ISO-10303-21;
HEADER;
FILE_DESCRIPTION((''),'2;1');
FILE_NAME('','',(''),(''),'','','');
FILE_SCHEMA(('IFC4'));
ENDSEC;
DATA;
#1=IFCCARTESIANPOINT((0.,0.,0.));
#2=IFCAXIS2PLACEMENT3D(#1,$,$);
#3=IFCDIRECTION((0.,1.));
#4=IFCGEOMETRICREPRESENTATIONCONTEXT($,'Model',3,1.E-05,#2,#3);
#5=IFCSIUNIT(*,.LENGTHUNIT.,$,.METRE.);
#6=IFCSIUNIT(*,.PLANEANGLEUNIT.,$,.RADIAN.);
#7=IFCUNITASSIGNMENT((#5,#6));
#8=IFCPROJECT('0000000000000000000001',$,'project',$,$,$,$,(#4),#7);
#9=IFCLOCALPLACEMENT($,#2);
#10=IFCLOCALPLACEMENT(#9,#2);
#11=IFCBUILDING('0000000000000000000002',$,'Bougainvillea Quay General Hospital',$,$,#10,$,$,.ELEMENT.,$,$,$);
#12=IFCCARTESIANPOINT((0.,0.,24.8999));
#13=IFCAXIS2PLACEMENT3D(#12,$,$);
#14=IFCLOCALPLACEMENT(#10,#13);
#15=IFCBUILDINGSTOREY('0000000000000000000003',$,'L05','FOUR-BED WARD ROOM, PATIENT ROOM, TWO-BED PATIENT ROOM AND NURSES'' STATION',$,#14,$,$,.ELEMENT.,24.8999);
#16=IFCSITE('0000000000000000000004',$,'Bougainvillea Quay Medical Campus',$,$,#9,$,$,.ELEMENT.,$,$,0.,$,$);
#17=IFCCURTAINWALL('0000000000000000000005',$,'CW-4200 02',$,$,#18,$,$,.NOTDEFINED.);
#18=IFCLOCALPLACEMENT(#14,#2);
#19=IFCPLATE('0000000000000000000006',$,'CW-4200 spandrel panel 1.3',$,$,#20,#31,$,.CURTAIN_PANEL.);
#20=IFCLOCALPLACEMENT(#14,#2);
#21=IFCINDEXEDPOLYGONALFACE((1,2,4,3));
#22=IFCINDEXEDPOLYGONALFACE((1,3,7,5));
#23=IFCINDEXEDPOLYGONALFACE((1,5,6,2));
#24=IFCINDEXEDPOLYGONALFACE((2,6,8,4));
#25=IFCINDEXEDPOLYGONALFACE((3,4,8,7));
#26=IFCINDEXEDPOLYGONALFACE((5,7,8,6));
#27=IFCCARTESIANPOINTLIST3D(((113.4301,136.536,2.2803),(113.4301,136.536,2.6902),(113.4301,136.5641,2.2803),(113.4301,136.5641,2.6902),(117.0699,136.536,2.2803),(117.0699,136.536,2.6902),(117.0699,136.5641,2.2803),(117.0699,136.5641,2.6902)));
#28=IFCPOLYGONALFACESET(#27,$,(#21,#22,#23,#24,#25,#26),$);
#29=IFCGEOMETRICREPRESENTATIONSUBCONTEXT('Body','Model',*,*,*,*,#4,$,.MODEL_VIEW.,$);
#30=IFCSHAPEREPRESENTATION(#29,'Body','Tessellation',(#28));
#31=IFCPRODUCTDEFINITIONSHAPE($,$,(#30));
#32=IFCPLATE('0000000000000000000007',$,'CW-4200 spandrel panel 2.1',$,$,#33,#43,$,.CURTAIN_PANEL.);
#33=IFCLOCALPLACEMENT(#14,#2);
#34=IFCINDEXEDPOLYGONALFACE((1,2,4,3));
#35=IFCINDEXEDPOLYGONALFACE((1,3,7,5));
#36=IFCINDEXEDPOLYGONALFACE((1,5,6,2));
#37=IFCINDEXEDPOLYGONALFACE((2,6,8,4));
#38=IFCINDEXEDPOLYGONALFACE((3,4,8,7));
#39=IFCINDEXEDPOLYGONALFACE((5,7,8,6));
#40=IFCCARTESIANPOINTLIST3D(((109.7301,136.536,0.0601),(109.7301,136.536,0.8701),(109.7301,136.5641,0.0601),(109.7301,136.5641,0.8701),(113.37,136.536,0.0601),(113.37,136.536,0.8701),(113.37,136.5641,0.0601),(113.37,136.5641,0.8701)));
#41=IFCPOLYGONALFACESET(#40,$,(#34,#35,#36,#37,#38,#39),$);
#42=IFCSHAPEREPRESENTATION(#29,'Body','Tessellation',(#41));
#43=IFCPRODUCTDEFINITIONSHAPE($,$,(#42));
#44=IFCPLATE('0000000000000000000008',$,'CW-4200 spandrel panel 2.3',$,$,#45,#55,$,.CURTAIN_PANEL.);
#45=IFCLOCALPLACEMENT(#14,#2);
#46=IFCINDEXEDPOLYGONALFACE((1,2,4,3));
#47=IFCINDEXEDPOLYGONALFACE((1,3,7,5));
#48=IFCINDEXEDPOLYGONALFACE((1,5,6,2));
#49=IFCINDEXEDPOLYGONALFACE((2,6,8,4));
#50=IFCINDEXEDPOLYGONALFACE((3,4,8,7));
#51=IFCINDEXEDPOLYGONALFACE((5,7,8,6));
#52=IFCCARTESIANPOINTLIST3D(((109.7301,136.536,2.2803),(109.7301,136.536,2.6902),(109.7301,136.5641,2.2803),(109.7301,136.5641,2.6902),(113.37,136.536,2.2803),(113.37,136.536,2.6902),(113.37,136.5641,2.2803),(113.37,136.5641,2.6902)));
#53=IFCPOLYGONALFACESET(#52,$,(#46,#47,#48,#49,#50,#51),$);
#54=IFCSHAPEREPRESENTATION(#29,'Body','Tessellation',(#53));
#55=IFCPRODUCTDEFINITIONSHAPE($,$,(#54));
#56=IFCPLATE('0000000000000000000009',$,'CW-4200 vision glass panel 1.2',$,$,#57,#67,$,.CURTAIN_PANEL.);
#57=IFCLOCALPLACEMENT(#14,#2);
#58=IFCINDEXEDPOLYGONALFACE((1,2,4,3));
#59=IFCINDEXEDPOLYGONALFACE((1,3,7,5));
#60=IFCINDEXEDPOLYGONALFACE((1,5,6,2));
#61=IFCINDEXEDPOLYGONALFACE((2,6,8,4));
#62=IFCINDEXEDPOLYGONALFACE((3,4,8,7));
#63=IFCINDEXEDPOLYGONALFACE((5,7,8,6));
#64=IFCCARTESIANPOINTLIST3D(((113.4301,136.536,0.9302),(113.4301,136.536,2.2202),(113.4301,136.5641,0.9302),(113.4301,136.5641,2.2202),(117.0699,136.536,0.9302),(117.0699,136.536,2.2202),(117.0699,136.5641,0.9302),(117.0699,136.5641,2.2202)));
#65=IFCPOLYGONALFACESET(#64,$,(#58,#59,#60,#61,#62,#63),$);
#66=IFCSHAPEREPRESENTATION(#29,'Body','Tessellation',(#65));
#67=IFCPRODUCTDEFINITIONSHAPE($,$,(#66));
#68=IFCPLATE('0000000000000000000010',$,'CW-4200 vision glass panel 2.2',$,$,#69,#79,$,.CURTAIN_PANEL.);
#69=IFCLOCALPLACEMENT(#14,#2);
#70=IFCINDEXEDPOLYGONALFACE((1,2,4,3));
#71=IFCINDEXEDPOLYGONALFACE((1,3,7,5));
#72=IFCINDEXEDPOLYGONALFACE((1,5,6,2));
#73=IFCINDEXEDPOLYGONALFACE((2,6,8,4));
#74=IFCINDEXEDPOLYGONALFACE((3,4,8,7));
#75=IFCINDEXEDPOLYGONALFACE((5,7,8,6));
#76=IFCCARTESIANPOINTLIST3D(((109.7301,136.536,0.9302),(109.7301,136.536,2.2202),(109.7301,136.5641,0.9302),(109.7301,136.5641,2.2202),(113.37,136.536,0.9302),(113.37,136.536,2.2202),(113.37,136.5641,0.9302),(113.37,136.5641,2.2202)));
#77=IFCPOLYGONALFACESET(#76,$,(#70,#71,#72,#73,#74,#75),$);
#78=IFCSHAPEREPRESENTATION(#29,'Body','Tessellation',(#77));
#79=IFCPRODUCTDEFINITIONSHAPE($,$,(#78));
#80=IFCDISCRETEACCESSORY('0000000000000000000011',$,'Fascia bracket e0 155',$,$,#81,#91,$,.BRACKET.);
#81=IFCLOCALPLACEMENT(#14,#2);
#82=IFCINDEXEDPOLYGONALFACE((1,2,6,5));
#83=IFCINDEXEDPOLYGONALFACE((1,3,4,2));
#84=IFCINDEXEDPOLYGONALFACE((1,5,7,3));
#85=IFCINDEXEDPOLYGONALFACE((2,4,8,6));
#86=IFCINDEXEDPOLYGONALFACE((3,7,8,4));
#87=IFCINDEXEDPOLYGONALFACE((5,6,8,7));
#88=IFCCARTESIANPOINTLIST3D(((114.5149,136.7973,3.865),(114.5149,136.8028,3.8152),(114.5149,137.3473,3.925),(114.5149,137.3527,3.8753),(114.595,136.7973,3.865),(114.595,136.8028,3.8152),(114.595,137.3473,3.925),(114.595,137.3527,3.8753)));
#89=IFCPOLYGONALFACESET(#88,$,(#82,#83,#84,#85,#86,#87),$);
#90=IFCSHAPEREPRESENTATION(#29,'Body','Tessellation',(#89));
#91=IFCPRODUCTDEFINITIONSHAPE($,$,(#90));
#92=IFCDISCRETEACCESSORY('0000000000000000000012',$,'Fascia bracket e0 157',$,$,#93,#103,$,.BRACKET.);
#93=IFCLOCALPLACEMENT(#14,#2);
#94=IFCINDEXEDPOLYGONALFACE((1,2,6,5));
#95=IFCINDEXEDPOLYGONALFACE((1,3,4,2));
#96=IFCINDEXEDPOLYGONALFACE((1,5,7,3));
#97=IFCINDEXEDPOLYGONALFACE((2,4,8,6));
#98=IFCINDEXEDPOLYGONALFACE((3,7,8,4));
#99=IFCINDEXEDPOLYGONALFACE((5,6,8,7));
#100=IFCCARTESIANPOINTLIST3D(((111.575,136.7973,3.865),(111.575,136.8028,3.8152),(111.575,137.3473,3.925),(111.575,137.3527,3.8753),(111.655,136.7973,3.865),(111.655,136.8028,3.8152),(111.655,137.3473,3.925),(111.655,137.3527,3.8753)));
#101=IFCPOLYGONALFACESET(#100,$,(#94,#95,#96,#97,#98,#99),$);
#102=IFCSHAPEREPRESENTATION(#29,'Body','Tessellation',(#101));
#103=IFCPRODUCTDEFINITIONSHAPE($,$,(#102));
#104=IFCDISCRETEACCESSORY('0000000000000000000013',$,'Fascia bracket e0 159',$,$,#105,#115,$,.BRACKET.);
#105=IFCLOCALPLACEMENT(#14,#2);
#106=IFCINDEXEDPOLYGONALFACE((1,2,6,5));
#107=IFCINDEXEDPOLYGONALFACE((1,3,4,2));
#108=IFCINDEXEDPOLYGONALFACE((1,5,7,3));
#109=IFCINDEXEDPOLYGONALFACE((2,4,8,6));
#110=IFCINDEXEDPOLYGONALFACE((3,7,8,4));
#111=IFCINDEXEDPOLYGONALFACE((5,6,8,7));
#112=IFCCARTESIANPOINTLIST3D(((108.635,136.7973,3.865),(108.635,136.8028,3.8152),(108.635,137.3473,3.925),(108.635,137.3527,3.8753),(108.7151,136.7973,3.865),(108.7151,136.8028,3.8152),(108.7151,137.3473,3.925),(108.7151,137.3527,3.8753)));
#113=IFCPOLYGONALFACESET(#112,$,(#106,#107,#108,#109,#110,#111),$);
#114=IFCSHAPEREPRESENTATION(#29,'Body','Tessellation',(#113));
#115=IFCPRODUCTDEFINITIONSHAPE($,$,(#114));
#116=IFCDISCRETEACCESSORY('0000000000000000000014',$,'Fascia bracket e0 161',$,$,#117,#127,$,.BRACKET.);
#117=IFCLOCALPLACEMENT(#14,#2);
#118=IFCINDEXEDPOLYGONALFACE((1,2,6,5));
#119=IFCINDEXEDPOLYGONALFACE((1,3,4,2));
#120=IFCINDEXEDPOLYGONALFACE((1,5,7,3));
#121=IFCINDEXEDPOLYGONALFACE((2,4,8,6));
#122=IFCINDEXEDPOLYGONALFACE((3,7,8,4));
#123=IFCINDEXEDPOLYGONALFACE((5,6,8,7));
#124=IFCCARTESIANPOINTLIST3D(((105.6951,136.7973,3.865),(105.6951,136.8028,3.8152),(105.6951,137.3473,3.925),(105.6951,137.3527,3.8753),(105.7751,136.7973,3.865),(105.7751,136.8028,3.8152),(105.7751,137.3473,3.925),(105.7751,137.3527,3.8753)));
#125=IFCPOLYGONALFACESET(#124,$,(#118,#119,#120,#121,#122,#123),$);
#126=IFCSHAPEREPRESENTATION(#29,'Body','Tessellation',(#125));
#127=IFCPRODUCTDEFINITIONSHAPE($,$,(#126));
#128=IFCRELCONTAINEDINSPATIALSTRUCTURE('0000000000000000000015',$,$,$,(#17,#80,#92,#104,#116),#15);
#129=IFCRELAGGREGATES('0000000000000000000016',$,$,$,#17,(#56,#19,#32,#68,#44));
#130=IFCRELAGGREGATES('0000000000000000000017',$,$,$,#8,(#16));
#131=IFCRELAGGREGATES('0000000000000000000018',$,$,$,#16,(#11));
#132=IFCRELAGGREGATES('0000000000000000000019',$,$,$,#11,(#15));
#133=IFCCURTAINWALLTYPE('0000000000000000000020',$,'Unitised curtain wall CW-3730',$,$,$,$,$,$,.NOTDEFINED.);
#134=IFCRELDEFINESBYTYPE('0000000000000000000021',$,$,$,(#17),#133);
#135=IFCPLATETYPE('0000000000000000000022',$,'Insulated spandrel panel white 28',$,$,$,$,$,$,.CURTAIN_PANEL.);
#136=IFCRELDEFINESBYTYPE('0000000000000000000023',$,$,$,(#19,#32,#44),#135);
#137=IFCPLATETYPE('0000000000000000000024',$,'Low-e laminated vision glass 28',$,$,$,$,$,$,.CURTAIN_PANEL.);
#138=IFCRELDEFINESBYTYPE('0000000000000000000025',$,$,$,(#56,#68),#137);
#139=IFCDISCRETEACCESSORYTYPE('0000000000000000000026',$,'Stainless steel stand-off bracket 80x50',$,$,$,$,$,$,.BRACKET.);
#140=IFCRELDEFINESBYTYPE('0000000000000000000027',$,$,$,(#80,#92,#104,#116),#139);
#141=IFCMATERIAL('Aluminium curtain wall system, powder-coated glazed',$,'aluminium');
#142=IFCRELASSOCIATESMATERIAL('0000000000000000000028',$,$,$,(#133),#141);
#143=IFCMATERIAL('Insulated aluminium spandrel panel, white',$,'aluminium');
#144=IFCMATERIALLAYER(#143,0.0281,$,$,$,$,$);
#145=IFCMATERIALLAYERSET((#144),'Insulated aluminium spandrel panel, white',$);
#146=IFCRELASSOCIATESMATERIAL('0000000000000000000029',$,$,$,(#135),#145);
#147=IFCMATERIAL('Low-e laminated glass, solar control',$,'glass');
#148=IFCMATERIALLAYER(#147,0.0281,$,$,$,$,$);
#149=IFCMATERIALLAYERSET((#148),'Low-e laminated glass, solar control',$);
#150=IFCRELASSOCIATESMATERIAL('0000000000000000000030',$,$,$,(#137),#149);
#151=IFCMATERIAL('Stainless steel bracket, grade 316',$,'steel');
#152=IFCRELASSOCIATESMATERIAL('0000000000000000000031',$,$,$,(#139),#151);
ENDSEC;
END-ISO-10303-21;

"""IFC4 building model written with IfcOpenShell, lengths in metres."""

from ifc_helpers import new_model, si_unit, direction, frame, origin, origin_2d, place, context, subcontext, project, spatial, rectangle, extrude, material, layer, layer_set, material_profile, profile_set, type_object, element, aggregate, save


model = new_model("IFC4")

# Units and contexts
model_context = context("Model", 3, precision=1e-05, world=origin(), true_north=direction((0.0, 1.0)))
body_context = subcontext(model_context, "Body", "Model", "MODEL_VIEW")
ifc_project = project(units=[si_unit("LENGTHUNIT", "METRE"), si_unit("PLANEANGLEUNIT", "RADIAN")], contexts=[model_context])

# Site, building, storey
site_placement = place(None, origin())
site = spatial("IfcSite", under=ifc_project, at=site_placement, Name="Bougainvillea Quay Medical Campus", CompositionType="ELEMENT", RefElevation=0.0)
building_placement = place(site_placement, origin())
building = spatial("IfcBuilding", under=site, at=building_placement, Name="Bougainvillea Quay General Hospital", CompositionType="ELEMENT")
storey_placement = place(building_placement, frame((0.0, 0.0, 24.8999)))
storey = spatial("IfcBuildingStorey", under=building, at=storey_placement, Name="L05", Description="FOUR-BED WARD ROOM, PATIENT ROOM, TWO-BED PATIENT ROOM AND NURSES' STATION", CompositionType="ELEMENT", Elevation=24.8999)

# Curtain wall
ifc_material_1 = material(Name="Aluminium curtain wall system, powder-coated glazed", Category="aluminium")
curtain_wall_type = type_object("IfcCurtainWallType", Name="Unitised curtain wall CW-3730", PredefinedType="NOTDEFINED", material=ifc_material_1)
curtain_wall_1_placement = place(storey_placement, origin())
curtain_wall_1 = element("IfcCurtainWall", 1, at=curtain_wall_1_placement, inside=storey, type_object=curtain_wall_type, Name="CW-4200 02", PredefinedType="NOTDEFINED")

# Plates
ifc_material_2 = material(Name="Insulated aluminium spandrel panel, white", Category="aluminium")
ifc_layer_1 = layer(ifc_material_2, 0.0281)
ifc_layer_set_1 = layer_set([ifc_layer_1], Name="Insulated aluminium spandrel panel, white")
plate_type_1 = type_object("IfcPlateType", Name="Insulated spandrel panel white 28", PredefinedType="CURTAIN_PANEL", material=ifc_layer_set_1)
plate_1_placement = place(storey_placement, frame((115.25, 136.55, 2.2803), z_axis=(0.0, 0.0, 1.0), x_axis=(-1.0, 0.0, 0.0)))
plate_1 = element("IfcPlate", 2, at=plate_1_placement, type_object=plate_type_1, Name="CW-4200 spandrel panel 1.3", PredefinedType="CURTAIN_PANEL", context=body_context, shape_type="SweptSolid", body=[
    extrude(rectangle(XDim=3.6399, YDim=0.0281, at=origin_2d()), origin(), (0.0, 0.0, 1.0), 0.4099),
])
plate_2_placement = place(storey_placement, frame((111.55, 136.55, 0.0601), z_axis=(0.0, 0.0, 1.0), x_axis=(-1.0, 0.0, 0.0)))
plate_2 = element("IfcPlate", 3, at=plate_2_placement, type_object=plate_type_1, Name="CW-4200 spandrel panel 2.1", PredefinedType="CURTAIN_PANEL", context=body_context, shape_type="SweptSolid", body=[
    extrude(rectangle(XDim=3.6399, YDim=0.0281, at=origin_2d()), origin(), (0.0, 0.0, 1.0), 0.8101),
])
plate_3_placement = place(storey_placement, frame((111.55, 136.55, 2.2803), z_axis=(0.0, 0.0, 1.0), x_axis=(-1.0, 0.0, 0.0)))
plate_3 = element("IfcPlate", 4, at=plate_3_placement, type_object=plate_type_1, Name="CW-4200 spandrel panel 2.3", PredefinedType="CURTAIN_PANEL", context=body_context, shape_type="SweptSolid", body=[
    extrude(rectangle(XDim=3.6399, YDim=0.0281, at=origin_2d()), origin(), (0.0, 0.0, 1.0), 0.4099),
])
ifc_material_3 = material(Name="Low-e laminated glass, solar control", Category="glass")
ifc_layer_2 = layer(ifc_material_3, 0.0281)
ifc_layer_set_2 = layer_set([ifc_layer_2], Name="Low-e laminated glass, solar control")
plate_type_2 = type_object("IfcPlateType", Name="Low-e laminated vision glass 28", PredefinedType="CURTAIN_PANEL", material=ifc_layer_set_2)
plate_4_placement = place(storey_placement, frame((115.25, 136.55, 0.9302), z_axis=(0.0, 0.0, 1.0), x_axis=(-1.0, 0.0, 0.0)))
plate_4 = element("IfcPlate", 5, at=plate_4_placement, type_object=plate_type_2, Name="CW-4200 vision glass panel 1.2", PredefinedType="CURTAIN_PANEL", context=body_context, shape_type="SweptSolid", body=[
    extrude(rectangle(XDim=3.6399, YDim=0.0281, at=origin_2d()), origin(), (0.0, 0.0, 1.0), 1.29),
])
plate_5_placement = place(storey_placement, frame((111.55, 136.55, 0.9302), z_axis=(0.0, 0.0, 1.0), x_axis=(-1.0, 0.0, 0.0)))
plate_5 = element("IfcPlate", 6, at=plate_5_placement, type_object=plate_type_2, Name="CW-4200 vision glass panel 2.2", PredefinedType="CURTAIN_PANEL", context=body_context, shape_type="SweptSolid", body=[
    extrude(rectangle(XDim=3.6399, YDim=0.0281, at=origin_2d()), origin(), (0.0, 0.0, 1.0), 1.29),
])
aggregate(curtain_wall_1, [plate_4, plate_1, plate_2, plate_5, plate_3])

# Discrete accessories
ifc_material_4 = material(Name="Stainless steel bracket, grade 316", Category="steel")
ifc_material_profile_1 = material_profile(ifc_material_4, rectangle(XDim=0.0801, YDim=0.05, at=origin_2d()))
ifc_profile_set_1 = profile_set([ifc_material_profile_1], Name="Stainless steel bracket, grade 316")
discrete_accessory_type = type_object("IfcDiscreteAccessoryType", Name="Stainless steel stand-off bracket 80x50", PredefinedType="BRACKET", material=ifc_profile_set_1)
for number, where, z_axis, x_axis, name in (
    (7, (114.5549, 136.8, 3.8401), (0.0, 0.994092, 0.108543), (-1.0, 0.0, 0.0), "Fascia bracket e0 155"),
    (8, (111.615, 136.8, 3.8401), (0.0, 0.994092, 0.108543), (-1.0, 0.0, 0.0), "Fascia bracket e0 157"),
    (9, (108.675, 136.8, 3.8401), (0.0, 0.994092, 0.108543), (-1.0, 0.0, 0.0), "Fascia bracket e0 159"),
    (10, (105.7351, 136.8, 3.8401), (0.0, 0.994092, 0.108543), (-1.0, 0.0, 0.0), "Fascia bracket e0 161"),
):
    element("IfcDiscreteAccessory", number, at=place(storey_placement, frame(where, z_axis=z_axis, x_axis=x_axis)), inside=storey, type_object=discrete_accessory_type, Name=name, PredefinedType="BRACKET", context=body_context, shape_type="SweptSolid", body=[
        extrude(rectangle(XDim=0.0801, YDim=0.05, at=origin_2d()), origin(), (0.0, 0.0, 1.0), 0.5532),
    ])

save(model, "model.ifc")
